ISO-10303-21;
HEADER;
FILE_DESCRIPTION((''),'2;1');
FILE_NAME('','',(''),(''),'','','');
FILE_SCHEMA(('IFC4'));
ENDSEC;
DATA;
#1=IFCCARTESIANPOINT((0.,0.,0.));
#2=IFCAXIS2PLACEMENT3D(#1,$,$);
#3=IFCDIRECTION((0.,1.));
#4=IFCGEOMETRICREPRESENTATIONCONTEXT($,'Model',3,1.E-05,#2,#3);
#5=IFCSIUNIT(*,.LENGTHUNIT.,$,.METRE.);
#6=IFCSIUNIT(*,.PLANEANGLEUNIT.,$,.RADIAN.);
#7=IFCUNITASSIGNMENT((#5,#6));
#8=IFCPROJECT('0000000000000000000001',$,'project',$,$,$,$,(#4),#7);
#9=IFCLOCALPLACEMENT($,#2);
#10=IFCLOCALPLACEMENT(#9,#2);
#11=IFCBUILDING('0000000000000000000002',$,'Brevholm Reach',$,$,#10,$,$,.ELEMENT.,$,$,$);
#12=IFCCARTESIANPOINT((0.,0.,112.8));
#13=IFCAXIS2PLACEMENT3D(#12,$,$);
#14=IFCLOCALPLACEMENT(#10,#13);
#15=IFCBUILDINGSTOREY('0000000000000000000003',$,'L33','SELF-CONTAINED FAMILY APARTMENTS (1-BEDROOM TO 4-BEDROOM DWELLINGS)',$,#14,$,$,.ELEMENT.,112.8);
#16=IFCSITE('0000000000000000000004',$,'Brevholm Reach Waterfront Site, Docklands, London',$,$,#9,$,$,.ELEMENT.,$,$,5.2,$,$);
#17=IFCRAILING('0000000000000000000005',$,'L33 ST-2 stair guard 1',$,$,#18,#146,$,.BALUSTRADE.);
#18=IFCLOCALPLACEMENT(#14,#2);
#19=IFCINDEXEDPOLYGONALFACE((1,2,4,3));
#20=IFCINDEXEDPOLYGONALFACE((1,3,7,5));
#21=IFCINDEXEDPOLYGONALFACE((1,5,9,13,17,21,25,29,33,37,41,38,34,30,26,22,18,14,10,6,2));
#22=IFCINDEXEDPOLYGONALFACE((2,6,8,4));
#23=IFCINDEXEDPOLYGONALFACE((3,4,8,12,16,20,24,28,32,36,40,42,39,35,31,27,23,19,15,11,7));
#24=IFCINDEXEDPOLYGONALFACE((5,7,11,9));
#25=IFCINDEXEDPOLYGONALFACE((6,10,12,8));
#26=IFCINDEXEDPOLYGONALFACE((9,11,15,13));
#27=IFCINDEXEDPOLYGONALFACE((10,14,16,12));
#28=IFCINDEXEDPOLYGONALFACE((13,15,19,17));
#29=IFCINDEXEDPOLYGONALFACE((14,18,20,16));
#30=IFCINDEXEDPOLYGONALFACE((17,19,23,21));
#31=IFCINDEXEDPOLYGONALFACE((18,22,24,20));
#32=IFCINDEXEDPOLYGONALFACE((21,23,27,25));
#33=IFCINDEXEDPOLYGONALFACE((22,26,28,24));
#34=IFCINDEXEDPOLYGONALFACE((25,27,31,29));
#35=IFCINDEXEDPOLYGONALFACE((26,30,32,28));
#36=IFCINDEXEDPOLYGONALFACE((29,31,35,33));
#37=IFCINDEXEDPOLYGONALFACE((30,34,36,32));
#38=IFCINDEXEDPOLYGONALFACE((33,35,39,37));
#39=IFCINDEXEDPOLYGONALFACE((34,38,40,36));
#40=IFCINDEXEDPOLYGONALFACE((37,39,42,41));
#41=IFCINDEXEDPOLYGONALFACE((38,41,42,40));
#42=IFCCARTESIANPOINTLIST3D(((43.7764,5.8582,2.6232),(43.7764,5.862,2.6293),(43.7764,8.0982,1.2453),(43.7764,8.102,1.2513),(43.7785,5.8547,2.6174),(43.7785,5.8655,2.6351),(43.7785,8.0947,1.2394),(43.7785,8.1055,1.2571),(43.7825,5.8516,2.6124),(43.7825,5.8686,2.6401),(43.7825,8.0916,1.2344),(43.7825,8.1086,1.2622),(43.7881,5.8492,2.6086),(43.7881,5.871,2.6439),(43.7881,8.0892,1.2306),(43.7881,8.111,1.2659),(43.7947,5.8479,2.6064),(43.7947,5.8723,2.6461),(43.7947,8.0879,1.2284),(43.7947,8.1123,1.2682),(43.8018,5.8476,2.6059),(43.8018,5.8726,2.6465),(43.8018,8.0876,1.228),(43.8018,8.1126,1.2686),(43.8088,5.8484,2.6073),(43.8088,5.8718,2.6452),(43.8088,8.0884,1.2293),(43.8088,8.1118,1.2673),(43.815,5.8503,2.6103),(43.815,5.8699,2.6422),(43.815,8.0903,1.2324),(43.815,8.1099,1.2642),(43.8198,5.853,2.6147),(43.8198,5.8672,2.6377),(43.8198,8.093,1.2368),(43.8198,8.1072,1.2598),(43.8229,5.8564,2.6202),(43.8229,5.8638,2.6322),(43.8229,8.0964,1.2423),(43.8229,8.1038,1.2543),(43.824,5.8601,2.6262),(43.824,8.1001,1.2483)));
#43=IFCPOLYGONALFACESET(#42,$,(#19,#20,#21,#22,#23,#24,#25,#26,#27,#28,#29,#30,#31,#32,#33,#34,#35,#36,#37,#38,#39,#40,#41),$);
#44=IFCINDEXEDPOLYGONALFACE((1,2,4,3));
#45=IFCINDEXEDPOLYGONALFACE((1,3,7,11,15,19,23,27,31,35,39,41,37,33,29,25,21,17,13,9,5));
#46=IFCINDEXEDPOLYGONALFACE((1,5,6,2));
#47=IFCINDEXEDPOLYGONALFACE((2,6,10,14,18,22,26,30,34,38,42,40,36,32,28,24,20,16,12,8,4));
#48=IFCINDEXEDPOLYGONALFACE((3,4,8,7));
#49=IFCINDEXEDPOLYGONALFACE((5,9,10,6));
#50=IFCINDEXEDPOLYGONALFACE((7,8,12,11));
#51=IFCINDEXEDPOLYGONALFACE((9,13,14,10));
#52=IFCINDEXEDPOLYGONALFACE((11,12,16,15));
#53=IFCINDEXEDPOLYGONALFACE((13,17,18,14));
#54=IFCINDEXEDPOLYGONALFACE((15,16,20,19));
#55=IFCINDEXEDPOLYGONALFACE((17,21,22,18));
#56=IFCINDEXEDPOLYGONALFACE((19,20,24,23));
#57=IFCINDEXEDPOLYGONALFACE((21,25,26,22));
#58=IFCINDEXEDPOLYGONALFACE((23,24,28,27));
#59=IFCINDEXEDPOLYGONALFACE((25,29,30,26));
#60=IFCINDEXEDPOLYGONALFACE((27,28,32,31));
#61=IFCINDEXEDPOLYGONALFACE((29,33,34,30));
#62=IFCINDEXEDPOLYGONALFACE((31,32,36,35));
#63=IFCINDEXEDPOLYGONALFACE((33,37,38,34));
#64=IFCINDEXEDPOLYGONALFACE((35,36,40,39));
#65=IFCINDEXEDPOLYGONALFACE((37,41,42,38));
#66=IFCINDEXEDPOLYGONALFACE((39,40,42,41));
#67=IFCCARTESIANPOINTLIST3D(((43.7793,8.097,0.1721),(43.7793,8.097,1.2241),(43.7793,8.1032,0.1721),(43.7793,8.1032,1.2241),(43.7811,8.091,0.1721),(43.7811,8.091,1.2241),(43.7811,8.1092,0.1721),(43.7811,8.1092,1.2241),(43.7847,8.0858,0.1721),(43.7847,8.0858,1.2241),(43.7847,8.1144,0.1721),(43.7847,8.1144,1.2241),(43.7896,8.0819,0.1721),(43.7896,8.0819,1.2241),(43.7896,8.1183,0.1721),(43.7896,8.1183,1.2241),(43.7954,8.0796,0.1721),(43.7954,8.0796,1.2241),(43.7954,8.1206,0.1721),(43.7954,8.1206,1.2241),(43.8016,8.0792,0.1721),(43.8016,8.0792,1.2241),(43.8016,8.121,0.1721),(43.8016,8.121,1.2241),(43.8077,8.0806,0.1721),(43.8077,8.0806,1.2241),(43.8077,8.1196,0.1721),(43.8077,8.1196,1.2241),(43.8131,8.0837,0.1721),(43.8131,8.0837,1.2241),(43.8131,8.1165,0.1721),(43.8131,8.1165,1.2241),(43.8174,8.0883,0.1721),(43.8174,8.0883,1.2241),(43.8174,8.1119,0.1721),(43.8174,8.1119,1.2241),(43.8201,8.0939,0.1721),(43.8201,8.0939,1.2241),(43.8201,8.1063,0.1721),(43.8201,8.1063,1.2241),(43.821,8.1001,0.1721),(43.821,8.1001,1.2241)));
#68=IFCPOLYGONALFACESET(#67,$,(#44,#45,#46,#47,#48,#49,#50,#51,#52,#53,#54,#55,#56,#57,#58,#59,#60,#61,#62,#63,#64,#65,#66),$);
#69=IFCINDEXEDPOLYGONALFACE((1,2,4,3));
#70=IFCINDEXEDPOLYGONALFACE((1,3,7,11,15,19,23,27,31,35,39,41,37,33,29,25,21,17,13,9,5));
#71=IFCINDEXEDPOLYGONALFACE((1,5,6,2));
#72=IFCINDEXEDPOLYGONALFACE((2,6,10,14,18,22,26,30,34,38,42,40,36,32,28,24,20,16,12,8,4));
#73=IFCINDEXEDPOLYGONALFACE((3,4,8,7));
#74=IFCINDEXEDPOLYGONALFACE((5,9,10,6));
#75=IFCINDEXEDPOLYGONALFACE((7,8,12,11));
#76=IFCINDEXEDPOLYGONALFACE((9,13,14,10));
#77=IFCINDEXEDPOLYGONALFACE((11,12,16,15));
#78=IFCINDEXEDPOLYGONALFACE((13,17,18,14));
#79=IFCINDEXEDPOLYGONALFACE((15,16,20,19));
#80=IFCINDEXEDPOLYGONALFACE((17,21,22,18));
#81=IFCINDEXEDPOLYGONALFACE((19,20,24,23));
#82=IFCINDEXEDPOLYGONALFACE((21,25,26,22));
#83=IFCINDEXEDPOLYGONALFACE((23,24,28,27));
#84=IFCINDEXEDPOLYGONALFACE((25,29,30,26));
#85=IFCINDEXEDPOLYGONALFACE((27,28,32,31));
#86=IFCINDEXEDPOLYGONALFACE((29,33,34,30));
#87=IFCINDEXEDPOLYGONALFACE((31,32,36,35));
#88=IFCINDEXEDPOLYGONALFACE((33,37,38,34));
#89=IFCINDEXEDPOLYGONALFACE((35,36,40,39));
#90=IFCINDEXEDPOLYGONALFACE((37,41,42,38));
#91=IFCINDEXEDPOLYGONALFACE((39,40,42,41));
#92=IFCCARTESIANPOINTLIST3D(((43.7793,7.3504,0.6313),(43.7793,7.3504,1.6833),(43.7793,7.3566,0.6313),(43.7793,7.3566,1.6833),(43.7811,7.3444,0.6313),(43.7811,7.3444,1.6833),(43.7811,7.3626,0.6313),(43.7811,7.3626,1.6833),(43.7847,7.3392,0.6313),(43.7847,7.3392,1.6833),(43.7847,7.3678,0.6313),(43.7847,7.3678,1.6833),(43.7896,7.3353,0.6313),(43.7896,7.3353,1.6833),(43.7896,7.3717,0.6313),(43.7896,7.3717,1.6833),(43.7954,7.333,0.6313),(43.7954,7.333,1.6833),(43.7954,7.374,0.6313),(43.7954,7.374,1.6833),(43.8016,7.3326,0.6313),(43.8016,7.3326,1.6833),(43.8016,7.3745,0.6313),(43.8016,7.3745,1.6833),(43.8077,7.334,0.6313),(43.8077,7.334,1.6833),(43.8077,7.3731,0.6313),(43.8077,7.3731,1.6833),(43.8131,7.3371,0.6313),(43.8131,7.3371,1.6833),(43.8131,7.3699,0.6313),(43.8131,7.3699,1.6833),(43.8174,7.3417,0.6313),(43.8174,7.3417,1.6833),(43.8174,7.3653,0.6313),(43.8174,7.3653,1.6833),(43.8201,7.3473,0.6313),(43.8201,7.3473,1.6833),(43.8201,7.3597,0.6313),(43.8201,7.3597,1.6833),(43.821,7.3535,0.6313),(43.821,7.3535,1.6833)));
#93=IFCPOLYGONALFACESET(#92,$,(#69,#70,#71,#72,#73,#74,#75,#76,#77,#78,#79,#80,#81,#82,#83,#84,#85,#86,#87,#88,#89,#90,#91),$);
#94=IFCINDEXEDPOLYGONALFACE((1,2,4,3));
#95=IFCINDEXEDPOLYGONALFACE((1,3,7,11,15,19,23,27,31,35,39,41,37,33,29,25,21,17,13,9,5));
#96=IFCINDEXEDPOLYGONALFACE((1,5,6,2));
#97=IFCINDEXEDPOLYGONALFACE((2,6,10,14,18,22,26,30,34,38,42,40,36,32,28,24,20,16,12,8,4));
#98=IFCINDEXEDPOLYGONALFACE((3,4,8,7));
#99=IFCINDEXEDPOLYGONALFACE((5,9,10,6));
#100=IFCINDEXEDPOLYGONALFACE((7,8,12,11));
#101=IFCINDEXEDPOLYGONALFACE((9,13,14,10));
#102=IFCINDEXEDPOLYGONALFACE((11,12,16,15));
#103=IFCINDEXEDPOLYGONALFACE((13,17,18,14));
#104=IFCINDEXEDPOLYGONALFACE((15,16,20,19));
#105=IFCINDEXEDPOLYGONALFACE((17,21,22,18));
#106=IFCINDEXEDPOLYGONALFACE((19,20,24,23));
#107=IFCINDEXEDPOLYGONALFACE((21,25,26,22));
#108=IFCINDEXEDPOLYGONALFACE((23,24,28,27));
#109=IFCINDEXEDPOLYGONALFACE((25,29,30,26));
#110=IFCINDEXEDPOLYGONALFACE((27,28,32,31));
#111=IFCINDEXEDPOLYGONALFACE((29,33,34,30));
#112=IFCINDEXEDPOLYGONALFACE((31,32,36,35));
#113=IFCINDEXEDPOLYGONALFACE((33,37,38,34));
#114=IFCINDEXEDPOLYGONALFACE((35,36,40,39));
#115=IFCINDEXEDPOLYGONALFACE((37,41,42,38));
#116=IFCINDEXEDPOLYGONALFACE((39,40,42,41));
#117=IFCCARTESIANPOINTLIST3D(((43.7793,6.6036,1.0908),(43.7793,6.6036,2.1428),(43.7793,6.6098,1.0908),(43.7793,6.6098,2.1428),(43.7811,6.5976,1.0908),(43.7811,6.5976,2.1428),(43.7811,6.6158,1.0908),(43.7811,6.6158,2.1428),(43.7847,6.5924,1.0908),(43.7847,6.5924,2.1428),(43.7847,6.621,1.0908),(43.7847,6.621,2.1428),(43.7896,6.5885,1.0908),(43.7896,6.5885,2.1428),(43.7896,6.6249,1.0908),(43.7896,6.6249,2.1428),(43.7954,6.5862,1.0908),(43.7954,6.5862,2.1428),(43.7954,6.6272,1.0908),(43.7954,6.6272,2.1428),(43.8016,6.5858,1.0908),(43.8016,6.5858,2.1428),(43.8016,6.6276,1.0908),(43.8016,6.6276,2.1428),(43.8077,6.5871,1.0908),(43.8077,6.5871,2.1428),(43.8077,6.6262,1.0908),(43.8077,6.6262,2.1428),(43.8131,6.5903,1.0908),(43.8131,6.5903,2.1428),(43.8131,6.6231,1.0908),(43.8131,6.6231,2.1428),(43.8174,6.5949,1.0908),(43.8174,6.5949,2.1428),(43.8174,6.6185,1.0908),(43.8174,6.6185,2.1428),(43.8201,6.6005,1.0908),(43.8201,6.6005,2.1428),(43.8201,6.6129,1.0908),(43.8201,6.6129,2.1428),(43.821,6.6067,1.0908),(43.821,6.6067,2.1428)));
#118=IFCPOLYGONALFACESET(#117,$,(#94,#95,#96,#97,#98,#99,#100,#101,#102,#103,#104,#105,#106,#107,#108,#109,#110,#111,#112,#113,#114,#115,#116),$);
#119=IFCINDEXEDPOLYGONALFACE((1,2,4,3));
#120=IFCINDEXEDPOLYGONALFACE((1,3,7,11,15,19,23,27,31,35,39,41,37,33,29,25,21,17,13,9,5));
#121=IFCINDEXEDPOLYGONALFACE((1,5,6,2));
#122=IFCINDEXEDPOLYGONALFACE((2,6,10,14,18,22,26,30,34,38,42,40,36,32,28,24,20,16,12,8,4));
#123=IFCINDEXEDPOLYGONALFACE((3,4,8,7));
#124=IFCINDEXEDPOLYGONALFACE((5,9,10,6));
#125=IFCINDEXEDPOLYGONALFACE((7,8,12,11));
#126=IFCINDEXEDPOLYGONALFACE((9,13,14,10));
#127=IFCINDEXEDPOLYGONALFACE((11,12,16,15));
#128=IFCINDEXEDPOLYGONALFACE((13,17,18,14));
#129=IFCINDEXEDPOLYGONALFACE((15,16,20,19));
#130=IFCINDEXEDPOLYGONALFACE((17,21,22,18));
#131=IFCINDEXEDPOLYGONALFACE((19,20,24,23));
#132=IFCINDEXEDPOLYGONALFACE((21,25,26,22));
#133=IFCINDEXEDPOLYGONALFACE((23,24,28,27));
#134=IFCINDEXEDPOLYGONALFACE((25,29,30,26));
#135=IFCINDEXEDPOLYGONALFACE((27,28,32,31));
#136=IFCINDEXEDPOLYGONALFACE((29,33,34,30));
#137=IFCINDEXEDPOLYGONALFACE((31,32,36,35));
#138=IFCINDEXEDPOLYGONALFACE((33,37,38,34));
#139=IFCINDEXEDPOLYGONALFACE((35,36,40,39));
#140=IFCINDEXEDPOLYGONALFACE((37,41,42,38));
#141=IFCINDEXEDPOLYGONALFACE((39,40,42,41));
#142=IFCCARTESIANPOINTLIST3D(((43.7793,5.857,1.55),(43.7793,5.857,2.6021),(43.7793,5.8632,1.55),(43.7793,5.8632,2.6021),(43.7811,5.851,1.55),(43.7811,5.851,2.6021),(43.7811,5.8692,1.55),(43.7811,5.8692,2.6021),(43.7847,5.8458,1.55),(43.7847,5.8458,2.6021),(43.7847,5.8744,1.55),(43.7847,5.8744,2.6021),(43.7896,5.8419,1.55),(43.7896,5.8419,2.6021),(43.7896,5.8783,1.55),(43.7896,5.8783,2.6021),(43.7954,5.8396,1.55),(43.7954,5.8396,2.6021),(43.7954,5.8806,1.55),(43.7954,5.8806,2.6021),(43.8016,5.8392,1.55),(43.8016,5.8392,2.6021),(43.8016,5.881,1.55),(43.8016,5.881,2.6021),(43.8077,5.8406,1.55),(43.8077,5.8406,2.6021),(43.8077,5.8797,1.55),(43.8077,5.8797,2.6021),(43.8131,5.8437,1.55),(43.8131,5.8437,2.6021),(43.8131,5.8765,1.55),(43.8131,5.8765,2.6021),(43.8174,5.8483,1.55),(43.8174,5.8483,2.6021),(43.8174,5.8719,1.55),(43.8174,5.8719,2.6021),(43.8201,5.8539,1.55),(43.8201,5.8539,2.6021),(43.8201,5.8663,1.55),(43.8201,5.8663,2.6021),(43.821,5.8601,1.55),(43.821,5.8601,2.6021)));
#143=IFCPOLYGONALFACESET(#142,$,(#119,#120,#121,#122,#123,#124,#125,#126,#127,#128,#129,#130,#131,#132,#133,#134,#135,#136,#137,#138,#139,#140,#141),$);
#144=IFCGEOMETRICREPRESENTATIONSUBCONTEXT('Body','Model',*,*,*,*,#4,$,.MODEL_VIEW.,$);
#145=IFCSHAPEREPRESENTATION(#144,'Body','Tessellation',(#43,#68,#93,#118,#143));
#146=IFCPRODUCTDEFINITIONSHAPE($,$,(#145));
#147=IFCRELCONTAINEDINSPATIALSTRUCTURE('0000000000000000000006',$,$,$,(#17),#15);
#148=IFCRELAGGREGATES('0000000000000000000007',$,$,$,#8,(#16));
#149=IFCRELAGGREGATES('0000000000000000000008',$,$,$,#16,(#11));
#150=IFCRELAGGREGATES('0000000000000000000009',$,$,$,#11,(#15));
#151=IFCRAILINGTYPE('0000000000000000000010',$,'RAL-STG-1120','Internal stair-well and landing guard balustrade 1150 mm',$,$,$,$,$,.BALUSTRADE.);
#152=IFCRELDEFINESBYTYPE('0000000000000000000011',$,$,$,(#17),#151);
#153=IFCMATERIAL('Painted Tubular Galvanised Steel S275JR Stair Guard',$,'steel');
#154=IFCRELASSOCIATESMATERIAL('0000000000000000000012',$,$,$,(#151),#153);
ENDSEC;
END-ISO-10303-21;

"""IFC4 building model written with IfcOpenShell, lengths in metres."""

from ifc_helpers import new_model, si_unit, direction, frame, origin, origin_2d, place, context, subcontext, project, spatial, circle, extrude, material, type_object, element, save


model = new_model("IFC4")

# Units and contexts
model_context = context("Model", 3, precision=1e-05, world=origin(), true_north=direction((0.0, 1.0)))
body_context = subcontext(model_context, "Body", "Model", "MODEL_VIEW")
ifc_project = project(units=[si_unit("LENGTHUNIT", "METRE"), si_unit("PLANEANGLEUNIT", "RADIAN")], contexts=[model_context])

# Site, building, storey
site_placement = place(None, origin())
site = spatial("IfcSite", under=ifc_project, at=site_placement, Name="Brevholm Reach Waterfront Site, Docklands, London", CompositionType="ELEMENT", RefElevation=5.2)
building_placement = place(site_placement, origin())
building = spatial("IfcBuilding", under=site, at=building_placement, Name="Brevholm Reach", CompositionType="ELEMENT")
storey_placement = place(building_placement, frame((0.0, 0.0, 112.8)))
storey = spatial("IfcBuildingStorey", under=building, at=storey_placement, Name="L33", Description="SELF-CONTAINED FAMILY APARTMENTS (1-BEDROOM TO 4-BEDROOM DWELLINGS)", CompositionType="ELEMENT", Elevation=112.8)

# Railing
ifc_material_1 = material(Name="Painted Tubular Galvanised Steel S275JR Stair Guard", Category="steel")
railing_type = type_object("IfcRailingType", Name="RAL-STG-1120", Description="Internal stair-well and landing guard balustrade 1150 mm", PredefinedType="BALUSTRADE", material=ifc_material_1)
railing_1_placement = place(storey_placement, frame((43.8, 8.1001, 0.1721)))
element("IfcRailing", 1, at=railing_1_placement, inside=storey, type_object=railing_type, Name="L33 ST-2 stair guard 1", PredefinedType="BALUSTRADE", context=body_context, shape_type="SweptSolid", body=[
    extrude(circle(Radius=0.0239, at=origin_2d()), frame((0.0, 0.0, 1.0762), z_axis=(0.0, -0.851748, 0.523952), x_axis=(1.0, 0.0, 0.0)), (0.0, 0.0, 1.0), 2.6299),
    extrude(circle(Radius=0.021, at=origin_2d()), origin(), (0.0, 0.0, 1.0), 1.052),
    extrude(circle(Radius=0.021, at=origin_2d()), frame((0.0, -0.7466, 0.4592)), (0.0, 0.0, 1.0), 1.052),
    extrude(circle(Radius=0.021, at=origin_2d()), frame((0.0, -1.4934, 0.9187)), (0.0, 0.0, 1.0), 1.052),
    extrude(circle(Radius=0.021, at=origin_2d()), frame((0.0, -2.24, 1.3779)), (0.0, 0.0, 1.0), 1.052),
])

save(model, "model.ifc")
